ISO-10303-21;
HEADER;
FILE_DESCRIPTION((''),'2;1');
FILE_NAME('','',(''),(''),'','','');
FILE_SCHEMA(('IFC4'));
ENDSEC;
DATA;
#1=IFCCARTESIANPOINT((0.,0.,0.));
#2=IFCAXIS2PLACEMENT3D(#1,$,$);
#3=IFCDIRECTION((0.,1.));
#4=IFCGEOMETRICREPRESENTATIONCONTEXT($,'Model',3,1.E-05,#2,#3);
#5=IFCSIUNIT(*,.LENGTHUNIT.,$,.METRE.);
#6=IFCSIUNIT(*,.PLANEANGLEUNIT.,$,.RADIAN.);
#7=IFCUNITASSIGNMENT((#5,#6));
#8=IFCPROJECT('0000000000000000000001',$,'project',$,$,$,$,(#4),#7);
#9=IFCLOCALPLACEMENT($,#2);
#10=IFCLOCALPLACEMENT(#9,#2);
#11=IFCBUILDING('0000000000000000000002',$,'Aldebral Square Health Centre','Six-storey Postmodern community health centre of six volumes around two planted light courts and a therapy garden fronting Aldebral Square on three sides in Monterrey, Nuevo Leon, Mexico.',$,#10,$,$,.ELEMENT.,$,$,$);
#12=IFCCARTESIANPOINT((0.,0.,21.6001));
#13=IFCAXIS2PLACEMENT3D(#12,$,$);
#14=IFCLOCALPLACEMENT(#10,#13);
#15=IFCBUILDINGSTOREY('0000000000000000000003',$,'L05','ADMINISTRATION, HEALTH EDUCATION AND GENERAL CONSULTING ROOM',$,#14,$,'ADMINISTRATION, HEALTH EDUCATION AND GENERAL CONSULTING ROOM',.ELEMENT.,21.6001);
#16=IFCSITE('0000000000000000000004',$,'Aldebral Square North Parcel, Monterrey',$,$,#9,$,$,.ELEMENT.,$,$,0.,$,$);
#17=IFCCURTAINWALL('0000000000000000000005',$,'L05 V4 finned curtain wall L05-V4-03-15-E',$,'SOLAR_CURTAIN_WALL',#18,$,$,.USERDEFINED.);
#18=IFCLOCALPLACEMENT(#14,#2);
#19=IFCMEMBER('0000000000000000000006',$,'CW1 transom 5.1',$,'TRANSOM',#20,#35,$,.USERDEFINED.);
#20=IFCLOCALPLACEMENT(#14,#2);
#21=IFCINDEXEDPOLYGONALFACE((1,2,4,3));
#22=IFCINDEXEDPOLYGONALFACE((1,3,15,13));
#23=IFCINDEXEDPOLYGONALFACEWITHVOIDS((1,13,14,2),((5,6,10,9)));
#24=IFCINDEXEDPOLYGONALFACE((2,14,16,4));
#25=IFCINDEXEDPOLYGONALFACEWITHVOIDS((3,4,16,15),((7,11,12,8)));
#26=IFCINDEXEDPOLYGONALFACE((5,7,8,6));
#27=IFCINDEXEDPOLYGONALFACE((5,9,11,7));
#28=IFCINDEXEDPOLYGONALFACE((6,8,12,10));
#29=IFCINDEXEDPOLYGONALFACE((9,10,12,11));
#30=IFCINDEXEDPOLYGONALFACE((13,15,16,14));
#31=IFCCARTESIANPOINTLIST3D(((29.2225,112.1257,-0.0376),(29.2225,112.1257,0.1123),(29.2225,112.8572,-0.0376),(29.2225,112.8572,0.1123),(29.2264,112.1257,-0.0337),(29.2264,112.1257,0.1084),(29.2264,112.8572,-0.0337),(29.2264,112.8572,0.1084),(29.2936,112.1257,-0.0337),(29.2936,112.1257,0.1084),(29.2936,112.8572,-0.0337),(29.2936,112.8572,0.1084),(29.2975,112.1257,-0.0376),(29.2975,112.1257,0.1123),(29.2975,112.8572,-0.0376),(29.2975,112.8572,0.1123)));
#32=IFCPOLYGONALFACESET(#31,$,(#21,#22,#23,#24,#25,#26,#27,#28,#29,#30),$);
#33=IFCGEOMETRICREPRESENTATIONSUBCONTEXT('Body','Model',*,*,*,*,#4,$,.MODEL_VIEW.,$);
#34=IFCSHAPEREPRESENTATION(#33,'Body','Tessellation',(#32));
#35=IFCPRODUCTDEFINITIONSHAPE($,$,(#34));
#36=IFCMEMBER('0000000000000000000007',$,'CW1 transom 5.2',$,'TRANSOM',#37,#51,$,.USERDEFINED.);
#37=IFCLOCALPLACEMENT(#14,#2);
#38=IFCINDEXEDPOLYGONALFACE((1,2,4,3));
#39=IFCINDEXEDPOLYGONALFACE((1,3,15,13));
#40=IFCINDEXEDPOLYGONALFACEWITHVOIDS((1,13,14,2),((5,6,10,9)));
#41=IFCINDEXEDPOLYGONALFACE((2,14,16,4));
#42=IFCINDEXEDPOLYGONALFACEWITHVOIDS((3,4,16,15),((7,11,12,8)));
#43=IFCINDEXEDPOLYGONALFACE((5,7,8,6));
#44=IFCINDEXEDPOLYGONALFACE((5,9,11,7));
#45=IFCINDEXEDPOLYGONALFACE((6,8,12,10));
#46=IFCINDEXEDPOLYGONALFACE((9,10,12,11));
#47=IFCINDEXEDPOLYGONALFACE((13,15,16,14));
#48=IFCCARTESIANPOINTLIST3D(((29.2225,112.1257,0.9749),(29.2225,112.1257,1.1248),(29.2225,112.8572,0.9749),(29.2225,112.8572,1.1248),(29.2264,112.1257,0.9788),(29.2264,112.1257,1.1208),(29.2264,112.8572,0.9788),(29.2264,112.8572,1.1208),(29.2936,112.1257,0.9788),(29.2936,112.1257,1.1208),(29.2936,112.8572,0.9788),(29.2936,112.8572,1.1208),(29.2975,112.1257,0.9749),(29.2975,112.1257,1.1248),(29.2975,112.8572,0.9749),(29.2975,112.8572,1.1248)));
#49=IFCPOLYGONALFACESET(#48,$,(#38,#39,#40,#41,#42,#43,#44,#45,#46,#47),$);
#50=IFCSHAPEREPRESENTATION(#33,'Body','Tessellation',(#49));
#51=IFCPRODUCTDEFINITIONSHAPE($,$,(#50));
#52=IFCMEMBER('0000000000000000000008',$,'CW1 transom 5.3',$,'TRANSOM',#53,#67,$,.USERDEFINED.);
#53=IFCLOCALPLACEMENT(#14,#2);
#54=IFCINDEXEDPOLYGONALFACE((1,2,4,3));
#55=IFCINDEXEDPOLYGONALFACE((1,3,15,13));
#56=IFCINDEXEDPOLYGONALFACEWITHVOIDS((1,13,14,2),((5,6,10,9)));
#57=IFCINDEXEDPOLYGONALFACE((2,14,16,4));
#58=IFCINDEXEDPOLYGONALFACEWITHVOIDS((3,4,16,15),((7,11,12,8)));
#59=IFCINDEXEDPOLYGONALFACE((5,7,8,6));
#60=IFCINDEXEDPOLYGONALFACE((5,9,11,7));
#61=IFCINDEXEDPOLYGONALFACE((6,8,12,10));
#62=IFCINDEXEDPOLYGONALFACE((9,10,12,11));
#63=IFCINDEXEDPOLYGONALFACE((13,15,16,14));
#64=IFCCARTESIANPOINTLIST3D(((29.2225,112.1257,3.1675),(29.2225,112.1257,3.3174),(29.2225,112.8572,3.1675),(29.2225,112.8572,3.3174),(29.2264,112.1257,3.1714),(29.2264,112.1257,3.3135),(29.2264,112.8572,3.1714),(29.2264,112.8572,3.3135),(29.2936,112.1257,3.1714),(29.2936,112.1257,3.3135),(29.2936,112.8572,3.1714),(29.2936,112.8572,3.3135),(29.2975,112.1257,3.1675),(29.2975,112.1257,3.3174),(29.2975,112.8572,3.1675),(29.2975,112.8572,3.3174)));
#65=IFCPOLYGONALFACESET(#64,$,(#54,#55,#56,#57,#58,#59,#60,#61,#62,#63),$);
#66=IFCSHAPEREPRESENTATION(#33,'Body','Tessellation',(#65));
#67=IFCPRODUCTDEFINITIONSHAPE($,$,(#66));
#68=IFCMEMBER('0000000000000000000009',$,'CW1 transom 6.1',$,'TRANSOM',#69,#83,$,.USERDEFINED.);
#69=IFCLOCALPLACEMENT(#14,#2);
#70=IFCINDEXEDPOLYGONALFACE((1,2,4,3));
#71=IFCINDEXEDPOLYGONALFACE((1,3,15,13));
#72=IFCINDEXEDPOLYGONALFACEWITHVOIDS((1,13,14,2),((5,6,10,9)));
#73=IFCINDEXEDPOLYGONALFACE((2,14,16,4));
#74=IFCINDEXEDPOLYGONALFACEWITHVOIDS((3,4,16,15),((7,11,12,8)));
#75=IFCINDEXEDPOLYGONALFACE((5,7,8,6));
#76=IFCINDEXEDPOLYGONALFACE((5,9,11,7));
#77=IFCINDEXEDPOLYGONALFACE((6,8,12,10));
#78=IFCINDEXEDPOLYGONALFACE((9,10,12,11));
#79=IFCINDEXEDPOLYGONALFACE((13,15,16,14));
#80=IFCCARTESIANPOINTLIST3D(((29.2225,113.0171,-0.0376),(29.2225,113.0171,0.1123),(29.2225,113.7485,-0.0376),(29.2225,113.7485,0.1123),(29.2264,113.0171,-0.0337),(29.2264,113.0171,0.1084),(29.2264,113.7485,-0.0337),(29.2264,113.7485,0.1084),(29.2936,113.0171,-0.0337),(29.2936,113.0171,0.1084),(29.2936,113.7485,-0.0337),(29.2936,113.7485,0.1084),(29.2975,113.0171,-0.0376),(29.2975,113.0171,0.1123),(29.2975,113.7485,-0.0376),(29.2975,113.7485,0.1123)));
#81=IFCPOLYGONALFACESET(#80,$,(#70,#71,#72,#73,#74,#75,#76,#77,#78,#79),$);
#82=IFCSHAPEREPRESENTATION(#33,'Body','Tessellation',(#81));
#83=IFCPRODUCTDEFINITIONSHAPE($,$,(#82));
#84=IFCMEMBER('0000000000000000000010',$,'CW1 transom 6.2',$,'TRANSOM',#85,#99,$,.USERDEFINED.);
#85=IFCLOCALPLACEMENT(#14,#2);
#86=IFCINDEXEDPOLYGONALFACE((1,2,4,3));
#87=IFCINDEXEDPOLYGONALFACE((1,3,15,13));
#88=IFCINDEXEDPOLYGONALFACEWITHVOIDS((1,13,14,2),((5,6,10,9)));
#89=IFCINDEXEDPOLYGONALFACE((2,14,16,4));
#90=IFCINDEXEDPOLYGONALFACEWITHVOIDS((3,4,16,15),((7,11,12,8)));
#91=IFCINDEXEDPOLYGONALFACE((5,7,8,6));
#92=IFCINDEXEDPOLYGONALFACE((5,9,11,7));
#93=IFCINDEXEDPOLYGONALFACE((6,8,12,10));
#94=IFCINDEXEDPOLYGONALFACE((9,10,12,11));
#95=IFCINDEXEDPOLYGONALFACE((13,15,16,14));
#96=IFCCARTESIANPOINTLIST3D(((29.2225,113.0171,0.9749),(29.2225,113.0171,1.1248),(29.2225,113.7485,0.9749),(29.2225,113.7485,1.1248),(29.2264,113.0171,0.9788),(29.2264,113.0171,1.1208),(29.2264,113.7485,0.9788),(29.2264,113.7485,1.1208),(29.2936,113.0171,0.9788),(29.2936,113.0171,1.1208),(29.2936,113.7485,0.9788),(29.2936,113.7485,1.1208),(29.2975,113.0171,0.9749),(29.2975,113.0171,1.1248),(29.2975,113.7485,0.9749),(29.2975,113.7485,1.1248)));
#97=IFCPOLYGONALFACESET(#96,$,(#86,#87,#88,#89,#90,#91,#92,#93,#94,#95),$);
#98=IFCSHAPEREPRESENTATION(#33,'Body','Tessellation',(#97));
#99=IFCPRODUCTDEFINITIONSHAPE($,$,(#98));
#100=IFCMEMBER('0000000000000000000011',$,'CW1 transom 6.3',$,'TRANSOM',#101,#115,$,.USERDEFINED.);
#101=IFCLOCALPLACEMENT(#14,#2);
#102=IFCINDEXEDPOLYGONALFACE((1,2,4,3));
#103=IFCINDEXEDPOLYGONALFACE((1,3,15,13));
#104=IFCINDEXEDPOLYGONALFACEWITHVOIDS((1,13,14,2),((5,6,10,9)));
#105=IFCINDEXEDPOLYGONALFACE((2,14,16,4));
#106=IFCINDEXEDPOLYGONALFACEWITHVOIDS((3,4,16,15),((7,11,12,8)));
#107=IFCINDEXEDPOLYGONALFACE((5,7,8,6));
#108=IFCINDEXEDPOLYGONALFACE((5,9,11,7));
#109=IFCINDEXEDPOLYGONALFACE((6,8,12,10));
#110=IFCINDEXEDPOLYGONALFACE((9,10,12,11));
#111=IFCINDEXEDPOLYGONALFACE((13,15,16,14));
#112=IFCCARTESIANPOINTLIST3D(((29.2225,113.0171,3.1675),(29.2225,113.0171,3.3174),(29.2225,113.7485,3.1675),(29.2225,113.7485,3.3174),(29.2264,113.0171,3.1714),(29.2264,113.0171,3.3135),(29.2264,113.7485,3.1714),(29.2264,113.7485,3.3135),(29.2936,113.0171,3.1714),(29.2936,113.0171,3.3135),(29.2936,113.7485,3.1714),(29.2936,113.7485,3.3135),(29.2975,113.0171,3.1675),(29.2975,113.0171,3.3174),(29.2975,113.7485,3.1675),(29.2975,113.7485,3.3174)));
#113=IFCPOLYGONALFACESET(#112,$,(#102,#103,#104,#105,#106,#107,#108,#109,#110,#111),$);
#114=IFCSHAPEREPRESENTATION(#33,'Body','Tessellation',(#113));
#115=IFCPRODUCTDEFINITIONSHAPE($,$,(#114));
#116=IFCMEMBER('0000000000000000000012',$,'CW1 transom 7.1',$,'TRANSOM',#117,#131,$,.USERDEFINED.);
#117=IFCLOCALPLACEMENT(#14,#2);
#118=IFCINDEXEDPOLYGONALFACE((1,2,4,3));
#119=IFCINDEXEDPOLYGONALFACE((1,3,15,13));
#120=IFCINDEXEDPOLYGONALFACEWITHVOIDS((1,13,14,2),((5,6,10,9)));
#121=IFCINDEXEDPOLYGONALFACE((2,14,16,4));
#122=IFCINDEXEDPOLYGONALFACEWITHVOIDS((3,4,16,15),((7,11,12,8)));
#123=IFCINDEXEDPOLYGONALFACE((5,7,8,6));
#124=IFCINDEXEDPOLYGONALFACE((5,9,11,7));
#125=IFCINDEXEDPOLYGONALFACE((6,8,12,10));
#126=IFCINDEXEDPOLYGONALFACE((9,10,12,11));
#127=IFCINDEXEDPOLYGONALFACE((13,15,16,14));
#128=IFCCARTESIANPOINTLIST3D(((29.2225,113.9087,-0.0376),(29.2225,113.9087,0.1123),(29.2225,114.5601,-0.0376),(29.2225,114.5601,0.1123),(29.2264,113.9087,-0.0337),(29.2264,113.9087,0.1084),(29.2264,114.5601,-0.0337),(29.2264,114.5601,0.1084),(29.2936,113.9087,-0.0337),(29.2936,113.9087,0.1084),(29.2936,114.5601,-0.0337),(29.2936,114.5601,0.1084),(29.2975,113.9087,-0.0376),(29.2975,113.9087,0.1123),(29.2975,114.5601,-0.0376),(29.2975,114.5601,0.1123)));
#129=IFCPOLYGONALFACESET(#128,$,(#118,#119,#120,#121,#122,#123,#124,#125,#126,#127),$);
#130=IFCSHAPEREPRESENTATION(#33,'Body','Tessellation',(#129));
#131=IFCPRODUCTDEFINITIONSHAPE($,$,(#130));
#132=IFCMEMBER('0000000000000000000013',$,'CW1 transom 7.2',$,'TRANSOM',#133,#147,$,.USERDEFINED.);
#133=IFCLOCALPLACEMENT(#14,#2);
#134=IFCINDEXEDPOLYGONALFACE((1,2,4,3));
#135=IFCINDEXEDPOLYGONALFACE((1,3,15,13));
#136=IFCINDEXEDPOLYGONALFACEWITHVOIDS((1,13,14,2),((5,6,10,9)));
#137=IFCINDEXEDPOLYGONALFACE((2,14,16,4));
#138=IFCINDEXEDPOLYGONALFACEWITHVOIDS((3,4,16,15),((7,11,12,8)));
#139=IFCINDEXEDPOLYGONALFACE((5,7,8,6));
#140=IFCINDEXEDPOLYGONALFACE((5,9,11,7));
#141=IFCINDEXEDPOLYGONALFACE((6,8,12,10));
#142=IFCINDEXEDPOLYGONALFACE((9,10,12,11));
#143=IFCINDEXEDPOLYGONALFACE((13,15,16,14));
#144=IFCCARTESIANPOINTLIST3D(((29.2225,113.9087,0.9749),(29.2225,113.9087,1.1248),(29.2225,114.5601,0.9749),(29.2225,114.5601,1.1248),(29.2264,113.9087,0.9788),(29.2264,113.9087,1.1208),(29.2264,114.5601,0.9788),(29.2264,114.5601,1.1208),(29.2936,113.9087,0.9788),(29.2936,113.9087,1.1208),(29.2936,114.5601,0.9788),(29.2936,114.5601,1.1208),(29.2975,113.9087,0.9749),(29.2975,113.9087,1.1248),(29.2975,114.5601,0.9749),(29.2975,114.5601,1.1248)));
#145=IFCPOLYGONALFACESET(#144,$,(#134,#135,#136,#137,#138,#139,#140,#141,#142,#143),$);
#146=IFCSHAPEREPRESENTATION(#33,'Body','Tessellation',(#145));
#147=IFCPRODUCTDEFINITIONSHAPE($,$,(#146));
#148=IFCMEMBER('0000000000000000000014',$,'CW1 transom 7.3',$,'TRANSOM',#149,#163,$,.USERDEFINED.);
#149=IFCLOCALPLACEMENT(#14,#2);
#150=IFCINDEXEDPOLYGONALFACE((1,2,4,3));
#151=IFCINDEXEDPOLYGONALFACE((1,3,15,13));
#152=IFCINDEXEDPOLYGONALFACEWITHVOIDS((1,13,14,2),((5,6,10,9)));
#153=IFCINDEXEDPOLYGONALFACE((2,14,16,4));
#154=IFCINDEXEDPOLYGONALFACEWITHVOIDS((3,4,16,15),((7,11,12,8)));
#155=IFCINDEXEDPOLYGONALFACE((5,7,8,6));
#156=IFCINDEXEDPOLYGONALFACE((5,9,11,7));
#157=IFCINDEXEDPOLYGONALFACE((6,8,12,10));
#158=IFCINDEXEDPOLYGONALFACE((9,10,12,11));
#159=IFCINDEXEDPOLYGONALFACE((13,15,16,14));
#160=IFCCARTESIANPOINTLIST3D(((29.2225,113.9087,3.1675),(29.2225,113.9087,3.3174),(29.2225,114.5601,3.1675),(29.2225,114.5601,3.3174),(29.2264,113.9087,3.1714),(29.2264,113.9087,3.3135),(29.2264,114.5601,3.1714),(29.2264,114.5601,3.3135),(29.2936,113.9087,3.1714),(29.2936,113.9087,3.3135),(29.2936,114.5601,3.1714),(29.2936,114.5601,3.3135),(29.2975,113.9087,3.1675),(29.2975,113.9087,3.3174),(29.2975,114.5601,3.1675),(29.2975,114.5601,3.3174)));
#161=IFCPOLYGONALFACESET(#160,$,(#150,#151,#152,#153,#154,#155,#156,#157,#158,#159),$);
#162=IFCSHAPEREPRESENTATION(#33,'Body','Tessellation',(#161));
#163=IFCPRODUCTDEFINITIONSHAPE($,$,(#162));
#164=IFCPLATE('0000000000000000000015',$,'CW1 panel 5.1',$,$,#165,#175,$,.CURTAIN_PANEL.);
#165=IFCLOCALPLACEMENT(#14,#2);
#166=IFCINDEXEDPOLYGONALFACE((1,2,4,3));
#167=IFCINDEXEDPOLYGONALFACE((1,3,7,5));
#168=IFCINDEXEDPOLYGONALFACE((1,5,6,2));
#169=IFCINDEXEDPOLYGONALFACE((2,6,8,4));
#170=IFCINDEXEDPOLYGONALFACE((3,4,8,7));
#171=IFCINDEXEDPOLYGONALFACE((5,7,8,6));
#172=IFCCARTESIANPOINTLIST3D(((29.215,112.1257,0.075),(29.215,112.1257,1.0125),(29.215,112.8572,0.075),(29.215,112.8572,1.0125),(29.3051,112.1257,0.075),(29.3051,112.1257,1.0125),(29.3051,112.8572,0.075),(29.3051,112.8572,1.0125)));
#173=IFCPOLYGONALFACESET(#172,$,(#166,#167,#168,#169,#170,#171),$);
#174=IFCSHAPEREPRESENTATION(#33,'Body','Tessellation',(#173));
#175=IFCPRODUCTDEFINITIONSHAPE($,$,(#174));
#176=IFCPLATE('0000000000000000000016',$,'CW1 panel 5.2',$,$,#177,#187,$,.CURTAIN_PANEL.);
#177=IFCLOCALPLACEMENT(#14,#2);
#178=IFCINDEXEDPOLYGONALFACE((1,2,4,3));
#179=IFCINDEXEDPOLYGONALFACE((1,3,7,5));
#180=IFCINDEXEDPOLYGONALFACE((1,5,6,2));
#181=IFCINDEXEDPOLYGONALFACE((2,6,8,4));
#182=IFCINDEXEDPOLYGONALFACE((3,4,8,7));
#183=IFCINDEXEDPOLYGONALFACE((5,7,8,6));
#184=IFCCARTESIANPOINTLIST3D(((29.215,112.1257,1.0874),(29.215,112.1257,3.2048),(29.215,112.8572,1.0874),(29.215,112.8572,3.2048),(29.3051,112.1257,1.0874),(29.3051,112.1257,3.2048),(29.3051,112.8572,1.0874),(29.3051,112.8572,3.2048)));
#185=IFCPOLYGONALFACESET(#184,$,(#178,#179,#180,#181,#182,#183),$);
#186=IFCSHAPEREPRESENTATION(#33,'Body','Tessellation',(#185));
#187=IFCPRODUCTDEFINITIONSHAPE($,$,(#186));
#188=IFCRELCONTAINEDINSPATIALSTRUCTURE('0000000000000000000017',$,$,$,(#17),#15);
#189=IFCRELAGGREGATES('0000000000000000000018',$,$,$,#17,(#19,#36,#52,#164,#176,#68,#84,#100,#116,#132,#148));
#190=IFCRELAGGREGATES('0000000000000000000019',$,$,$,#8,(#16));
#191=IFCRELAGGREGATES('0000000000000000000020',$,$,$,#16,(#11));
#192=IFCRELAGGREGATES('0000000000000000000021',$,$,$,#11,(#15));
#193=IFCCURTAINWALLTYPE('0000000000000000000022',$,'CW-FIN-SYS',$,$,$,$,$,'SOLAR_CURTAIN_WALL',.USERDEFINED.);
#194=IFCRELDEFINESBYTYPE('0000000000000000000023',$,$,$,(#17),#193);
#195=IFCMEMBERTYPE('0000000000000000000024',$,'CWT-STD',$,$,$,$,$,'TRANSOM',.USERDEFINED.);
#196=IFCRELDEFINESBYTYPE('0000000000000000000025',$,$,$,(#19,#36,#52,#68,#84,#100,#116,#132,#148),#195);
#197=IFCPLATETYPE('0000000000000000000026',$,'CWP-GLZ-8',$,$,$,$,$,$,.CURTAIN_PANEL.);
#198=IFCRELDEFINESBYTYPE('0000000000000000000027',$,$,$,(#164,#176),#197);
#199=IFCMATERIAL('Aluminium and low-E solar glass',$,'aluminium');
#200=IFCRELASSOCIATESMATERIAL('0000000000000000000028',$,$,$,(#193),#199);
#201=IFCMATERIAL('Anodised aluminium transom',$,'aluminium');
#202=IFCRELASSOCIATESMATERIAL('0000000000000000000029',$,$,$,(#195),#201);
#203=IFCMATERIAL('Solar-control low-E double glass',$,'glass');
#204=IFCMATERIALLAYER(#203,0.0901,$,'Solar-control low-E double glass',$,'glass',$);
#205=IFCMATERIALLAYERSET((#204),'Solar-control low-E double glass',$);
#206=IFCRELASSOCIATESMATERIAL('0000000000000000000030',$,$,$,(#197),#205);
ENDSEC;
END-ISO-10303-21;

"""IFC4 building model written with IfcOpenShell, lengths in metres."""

from ifc_helpers import new_model, si_unit, direction, frame, origin, origin_2d, place, context, subcontext, project, spatial, rectangle, hollow_rectangle, extrude, material, layer, layer_set, material_profile, profile_set, type_object, element, aggregate, save


model = new_model("IFC4")

# Units and contexts
model_context = context("Model", 3, precision=1e-05, world=origin(), true_north=direction((0.0, 1.0)))
body_context = subcontext(model_context, "Body", "Model", "MODEL_VIEW")
ifc_project = project(units=[si_unit("LENGTHUNIT", "METRE"), si_unit("PLANEANGLEUNIT", "RADIAN")], contexts=[model_context])

# Site, building, storey
site_placement = place(None, origin())
site = spatial("IfcSite", under=ifc_project, at=site_placement, Name="Aldebral Square North Parcel, Monterrey", CompositionType="ELEMENT", RefElevation=0.0)
building_placement = place(site_placement, origin())
building = spatial("IfcBuilding", under=site, at=building_placement, Name="Aldebral Square Health Centre", Description="Six-storey Postmodern community health centre of six volumes around two planted light courts and a therapy garden fronting Aldebral Square on three sides in Monterrey, Nuevo Leon, Mexico.", CompositionType="ELEMENT")
storey_placement = place(building_placement, frame((0.0, 0.0, 21.6001)))
storey = spatial("IfcBuildingStorey", under=building, at=storey_placement, Name="L05", Description="ADMINISTRATION, HEALTH EDUCATION AND GENERAL CONSULTING ROOM", LongName="ADMINISTRATION, HEALTH EDUCATION AND GENERAL CONSULTING ROOM", CompositionType="ELEMENT", Elevation=21.6001)

# Curtain wall, members, plates
ifc_material_1 = material(Name="Aluminium and low-E solar glass", Category="aluminium")
curtain_wall_type = type_object("IfcCurtainWallType", Name="CW-FIN-SYS", ElementType="SOLAR_CURTAIN_WALL", PredefinedType="USERDEFINED", material=ifc_material_1)
curtain_wall_placement = place(storey_placement, origin())
curtain_wall = element("IfcCurtainWall", 1, at=curtain_wall_placement, inside=storey, type_object=curtain_wall_type, Name="L05 V4 finned curtain wall L05-V4-03-15-E", ObjectType="SOLAR_CURTAIN_WALL", PredefinedType="USERDEFINED")
ifc_material_2 = material(Name="Anodised aluminium transom", Category="aluminium")
ifc_material_profile = material_profile(ifc_material_2, hollow_rectangle(XDim=0.075, YDim=0.1499, WallThickness=0.0039, at=origin_2d()), Name="CWT 75x150x4")
ifc_profile_set = profile_set([ifc_material_profile], Name="Anodised aluminium transom")
member_type = type_object("IfcMemberType", Name="CWT-STD", ElementType="TRANSOM", PredefinedType="USERDEFINED", material=ifc_profile_set)
member_1_placement = place(storey_placement, frame((29.26, 112.1257, 0.0374), z_axis=(0.0, 1.0, 0.0), x_axis=(-1.0, 0.0, 0.0)))
member_1 = element("IfcMember", 2, at=member_1_placement, type_object=member_type, Name="CW1 transom 5.1", ObjectType="TRANSOM", PredefinedType="USERDEFINED", context=body_context, shape_type="SweptSolid", body=[
    extrude(hollow_rectangle(XDim=0.075, YDim=0.1499, WallThickness=0.0039, at=origin_2d()), origin(), (0.0, 0.0, 1.0), 0.7314),
])
member_2_placement = place(storey_placement, frame((29.26, 112.1257, 1.0498), z_axis=(0.0, 1.0, 0.0), x_axis=(-1.0, 0.0, 0.0)))
member_2 = element("IfcMember", 3, at=member_2_placement, type_object=member_type, Name="CW1 transom 5.2", ObjectType="TRANSOM", PredefinedType="USERDEFINED", context=body_context, shape_type="SweptSolid", body=[
    extrude(hollow_rectangle(XDim=0.075, YDim=0.1499, WallThickness=0.0039, at=origin_2d()), origin(), (0.0, 0.0, 1.0), 0.7314),
])
member_3_placement = place(storey_placement, frame((29.26, 112.1257, 3.2424), z_axis=(0.0, 1.0, 0.0), x_axis=(-1.0, 0.0, 0.0)))
member_3 = element("IfcMember", 4, at=member_3_placement, type_object=member_type, Name="CW1 transom 5.3", ObjectType="TRANSOM", PredefinedType="USERDEFINED", context=body_context, shape_type="SweptSolid", body=[
    extrude(hollow_rectangle(XDim=0.075, YDim=0.1499, WallThickness=0.0039, at=origin_2d()), origin(), (0.0, 0.0, 1.0), 0.7314),
])
member_4_placement = place(storey_placement, frame((29.26, 113.0171, 0.0374), z_axis=(0.0, 1.0, 0.0), x_axis=(-1.0, 0.0, 0.0)))
member_4 = element("IfcMember", 5, at=member_4_placement, type_object=member_type, Name="CW1 transom 6.1", ObjectType="TRANSOM", PredefinedType="USERDEFINED", context=body_context, shape_type="SweptSolid", body=[
    extrude(hollow_rectangle(XDim=0.075, YDim=0.1499, WallThickness=0.0039, at=origin_2d()), origin(), (0.0, 0.0, 1.0), 0.7314),
])
member_5_placement = place(storey_placement, frame((29.26, 113.0171, 1.0498), z_axis=(0.0, 1.0, 0.0), x_axis=(-1.0, 0.0, 0.0)))
member_5 = element("IfcMember", 6, at=member_5_placement, type_object=member_type, Name="CW1 transom 6.2", ObjectType="TRANSOM", PredefinedType="USERDEFINED", context=body_context, shape_type="SweptSolid", body=[
    extrude(hollow_rectangle(XDim=0.075, YDim=0.1499, WallThickness=0.0039, at=origin_2d()), origin(), (0.0, 0.0, 1.0), 0.7314),
])
member_6_placement = place(storey_placement, frame((29.26, 113.0171, 3.2424), z_axis=(0.0, 1.0, 0.0), x_axis=(-1.0, 0.0, 0.0)))
member_6 = element("IfcMember", 7, at=member_6_placement, type_object=member_type, Name="CW1 transom 6.3", ObjectType="TRANSOM", PredefinedType="USERDEFINED", context=body_context, shape_type="SweptSolid", body=[
    extrude(hollow_rectangle(XDim=0.075, YDim=0.1499, WallThickness=0.0039, at=origin_2d()), origin(), (0.0, 0.0, 1.0), 0.7314),
])
member_7_placement = place(storey_placement, frame((29.26, 113.9087, 0.0374), z_axis=(0.0, 1.0, 0.0), x_axis=(-1.0, 0.0, 0.0)))
member_7 = element("IfcMember", 8, at=member_7_placement, type_object=member_type, Name="CW1 transom 7.1", ObjectType="TRANSOM", PredefinedType="USERDEFINED", context=body_context, shape_type="SweptSolid", body=[
    extrude(hollow_rectangle(XDim=0.075, YDim=0.1499, WallThickness=0.0039, at=origin_2d()), origin(), (0.0, 0.0, 1.0), 0.6514),
])
member_8_placement = place(storey_placement, frame((29.26, 113.9087, 1.0498), z_axis=(0.0, 1.0, 0.0), x_axis=(-1.0, 0.0, 0.0)))
member_8 = element("IfcMember", 9, at=member_8_placement, type_object=member_type, Name="CW1 transom 7.2", ObjectType="TRANSOM", PredefinedType="USERDEFINED", context=body_context, shape_type="SweptSolid", body=[
    extrude(hollow_rectangle(XDim=0.075, YDim=0.1499, WallThickness=0.0039, at=origin_2d()), origin(), (0.0, 0.0, 1.0), 0.6514),
])
member_9_placement = place(storey_placement, frame((29.26, 113.9087, 3.2424), z_axis=(0.0, 1.0, 0.0), x_axis=(-1.0, 0.0, 0.0)))
member_9 = element("IfcMember", 10, at=member_9_placement, type_object=member_type, Name="CW1 transom 7.3", ObjectType="TRANSOM", PredefinedType="USERDEFINED", context=body_context, shape_type="SweptSolid", body=[
    extrude(hollow_rectangle(XDim=0.075, YDim=0.1499, WallThickness=0.0039, at=origin_2d()), origin(), (0.0, 0.0, 1.0), 0.6514),
])
ifc_material_3 = material(Name="Solar-control low-E double glass", Category="glass")
ifc_layer_1 = layer(ifc_material_3, 0.0901, Name="Solar-control low-E double glass", Category="glass")
ifc_layer_set_1 = layer_set([ifc_layer_1], Name="Solar-control low-E double glass")
plate_type = type_object("IfcPlateType", Name="CWP-GLZ-8", PredefinedType="CURTAIN_PANEL", material=ifc_layer_set_1)
plate_1_placement = place(storey_placement, frame((29.26, 112.4915, 0.075), z_axis=(0.0, 0.0, 1.0), x_axis=(0.0, 1.0, 0.0)))
plate_1 = element("IfcPlate", 11, at=plate_1_placement, type_object=plate_type, Name="CW1 panel 5.1", PredefinedType="CURTAIN_PANEL", context=body_context, shape_type="SweptSolid", body=[
    extrude(rectangle(XDim=0.7314, YDim=0.0901, at=origin_2d()), origin(), (0.0, 0.0, 1.0), 0.9375),
])
plate_2_placement = place(storey_placement, frame((29.26, 112.4915, 1.0874), z_axis=(0.0, 0.0, 1.0), x_axis=(0.0, 1.0, 0.0)))
plate_2 = element("IfcPlate", 12, at=plate_2_placement, type_object=plate_type, Name="CW1 panel 5.2", PredefinedType="CURTAIN_PANEL", context=body_context, shape_type="SweptSolid", body=[
    extrude(rectangle(XDim=0.7314, YDim=0.0901, at=origin_2d()), origin(), (0.0, 0.0, 1.0), 2.1174),
])
aggregate(curtain_wall, [member_1, member_2, member_3, plate_1, plate_2, member_4, member_5, member_6, member_7, member_8, member_9])

save(model, "model.ifc")
